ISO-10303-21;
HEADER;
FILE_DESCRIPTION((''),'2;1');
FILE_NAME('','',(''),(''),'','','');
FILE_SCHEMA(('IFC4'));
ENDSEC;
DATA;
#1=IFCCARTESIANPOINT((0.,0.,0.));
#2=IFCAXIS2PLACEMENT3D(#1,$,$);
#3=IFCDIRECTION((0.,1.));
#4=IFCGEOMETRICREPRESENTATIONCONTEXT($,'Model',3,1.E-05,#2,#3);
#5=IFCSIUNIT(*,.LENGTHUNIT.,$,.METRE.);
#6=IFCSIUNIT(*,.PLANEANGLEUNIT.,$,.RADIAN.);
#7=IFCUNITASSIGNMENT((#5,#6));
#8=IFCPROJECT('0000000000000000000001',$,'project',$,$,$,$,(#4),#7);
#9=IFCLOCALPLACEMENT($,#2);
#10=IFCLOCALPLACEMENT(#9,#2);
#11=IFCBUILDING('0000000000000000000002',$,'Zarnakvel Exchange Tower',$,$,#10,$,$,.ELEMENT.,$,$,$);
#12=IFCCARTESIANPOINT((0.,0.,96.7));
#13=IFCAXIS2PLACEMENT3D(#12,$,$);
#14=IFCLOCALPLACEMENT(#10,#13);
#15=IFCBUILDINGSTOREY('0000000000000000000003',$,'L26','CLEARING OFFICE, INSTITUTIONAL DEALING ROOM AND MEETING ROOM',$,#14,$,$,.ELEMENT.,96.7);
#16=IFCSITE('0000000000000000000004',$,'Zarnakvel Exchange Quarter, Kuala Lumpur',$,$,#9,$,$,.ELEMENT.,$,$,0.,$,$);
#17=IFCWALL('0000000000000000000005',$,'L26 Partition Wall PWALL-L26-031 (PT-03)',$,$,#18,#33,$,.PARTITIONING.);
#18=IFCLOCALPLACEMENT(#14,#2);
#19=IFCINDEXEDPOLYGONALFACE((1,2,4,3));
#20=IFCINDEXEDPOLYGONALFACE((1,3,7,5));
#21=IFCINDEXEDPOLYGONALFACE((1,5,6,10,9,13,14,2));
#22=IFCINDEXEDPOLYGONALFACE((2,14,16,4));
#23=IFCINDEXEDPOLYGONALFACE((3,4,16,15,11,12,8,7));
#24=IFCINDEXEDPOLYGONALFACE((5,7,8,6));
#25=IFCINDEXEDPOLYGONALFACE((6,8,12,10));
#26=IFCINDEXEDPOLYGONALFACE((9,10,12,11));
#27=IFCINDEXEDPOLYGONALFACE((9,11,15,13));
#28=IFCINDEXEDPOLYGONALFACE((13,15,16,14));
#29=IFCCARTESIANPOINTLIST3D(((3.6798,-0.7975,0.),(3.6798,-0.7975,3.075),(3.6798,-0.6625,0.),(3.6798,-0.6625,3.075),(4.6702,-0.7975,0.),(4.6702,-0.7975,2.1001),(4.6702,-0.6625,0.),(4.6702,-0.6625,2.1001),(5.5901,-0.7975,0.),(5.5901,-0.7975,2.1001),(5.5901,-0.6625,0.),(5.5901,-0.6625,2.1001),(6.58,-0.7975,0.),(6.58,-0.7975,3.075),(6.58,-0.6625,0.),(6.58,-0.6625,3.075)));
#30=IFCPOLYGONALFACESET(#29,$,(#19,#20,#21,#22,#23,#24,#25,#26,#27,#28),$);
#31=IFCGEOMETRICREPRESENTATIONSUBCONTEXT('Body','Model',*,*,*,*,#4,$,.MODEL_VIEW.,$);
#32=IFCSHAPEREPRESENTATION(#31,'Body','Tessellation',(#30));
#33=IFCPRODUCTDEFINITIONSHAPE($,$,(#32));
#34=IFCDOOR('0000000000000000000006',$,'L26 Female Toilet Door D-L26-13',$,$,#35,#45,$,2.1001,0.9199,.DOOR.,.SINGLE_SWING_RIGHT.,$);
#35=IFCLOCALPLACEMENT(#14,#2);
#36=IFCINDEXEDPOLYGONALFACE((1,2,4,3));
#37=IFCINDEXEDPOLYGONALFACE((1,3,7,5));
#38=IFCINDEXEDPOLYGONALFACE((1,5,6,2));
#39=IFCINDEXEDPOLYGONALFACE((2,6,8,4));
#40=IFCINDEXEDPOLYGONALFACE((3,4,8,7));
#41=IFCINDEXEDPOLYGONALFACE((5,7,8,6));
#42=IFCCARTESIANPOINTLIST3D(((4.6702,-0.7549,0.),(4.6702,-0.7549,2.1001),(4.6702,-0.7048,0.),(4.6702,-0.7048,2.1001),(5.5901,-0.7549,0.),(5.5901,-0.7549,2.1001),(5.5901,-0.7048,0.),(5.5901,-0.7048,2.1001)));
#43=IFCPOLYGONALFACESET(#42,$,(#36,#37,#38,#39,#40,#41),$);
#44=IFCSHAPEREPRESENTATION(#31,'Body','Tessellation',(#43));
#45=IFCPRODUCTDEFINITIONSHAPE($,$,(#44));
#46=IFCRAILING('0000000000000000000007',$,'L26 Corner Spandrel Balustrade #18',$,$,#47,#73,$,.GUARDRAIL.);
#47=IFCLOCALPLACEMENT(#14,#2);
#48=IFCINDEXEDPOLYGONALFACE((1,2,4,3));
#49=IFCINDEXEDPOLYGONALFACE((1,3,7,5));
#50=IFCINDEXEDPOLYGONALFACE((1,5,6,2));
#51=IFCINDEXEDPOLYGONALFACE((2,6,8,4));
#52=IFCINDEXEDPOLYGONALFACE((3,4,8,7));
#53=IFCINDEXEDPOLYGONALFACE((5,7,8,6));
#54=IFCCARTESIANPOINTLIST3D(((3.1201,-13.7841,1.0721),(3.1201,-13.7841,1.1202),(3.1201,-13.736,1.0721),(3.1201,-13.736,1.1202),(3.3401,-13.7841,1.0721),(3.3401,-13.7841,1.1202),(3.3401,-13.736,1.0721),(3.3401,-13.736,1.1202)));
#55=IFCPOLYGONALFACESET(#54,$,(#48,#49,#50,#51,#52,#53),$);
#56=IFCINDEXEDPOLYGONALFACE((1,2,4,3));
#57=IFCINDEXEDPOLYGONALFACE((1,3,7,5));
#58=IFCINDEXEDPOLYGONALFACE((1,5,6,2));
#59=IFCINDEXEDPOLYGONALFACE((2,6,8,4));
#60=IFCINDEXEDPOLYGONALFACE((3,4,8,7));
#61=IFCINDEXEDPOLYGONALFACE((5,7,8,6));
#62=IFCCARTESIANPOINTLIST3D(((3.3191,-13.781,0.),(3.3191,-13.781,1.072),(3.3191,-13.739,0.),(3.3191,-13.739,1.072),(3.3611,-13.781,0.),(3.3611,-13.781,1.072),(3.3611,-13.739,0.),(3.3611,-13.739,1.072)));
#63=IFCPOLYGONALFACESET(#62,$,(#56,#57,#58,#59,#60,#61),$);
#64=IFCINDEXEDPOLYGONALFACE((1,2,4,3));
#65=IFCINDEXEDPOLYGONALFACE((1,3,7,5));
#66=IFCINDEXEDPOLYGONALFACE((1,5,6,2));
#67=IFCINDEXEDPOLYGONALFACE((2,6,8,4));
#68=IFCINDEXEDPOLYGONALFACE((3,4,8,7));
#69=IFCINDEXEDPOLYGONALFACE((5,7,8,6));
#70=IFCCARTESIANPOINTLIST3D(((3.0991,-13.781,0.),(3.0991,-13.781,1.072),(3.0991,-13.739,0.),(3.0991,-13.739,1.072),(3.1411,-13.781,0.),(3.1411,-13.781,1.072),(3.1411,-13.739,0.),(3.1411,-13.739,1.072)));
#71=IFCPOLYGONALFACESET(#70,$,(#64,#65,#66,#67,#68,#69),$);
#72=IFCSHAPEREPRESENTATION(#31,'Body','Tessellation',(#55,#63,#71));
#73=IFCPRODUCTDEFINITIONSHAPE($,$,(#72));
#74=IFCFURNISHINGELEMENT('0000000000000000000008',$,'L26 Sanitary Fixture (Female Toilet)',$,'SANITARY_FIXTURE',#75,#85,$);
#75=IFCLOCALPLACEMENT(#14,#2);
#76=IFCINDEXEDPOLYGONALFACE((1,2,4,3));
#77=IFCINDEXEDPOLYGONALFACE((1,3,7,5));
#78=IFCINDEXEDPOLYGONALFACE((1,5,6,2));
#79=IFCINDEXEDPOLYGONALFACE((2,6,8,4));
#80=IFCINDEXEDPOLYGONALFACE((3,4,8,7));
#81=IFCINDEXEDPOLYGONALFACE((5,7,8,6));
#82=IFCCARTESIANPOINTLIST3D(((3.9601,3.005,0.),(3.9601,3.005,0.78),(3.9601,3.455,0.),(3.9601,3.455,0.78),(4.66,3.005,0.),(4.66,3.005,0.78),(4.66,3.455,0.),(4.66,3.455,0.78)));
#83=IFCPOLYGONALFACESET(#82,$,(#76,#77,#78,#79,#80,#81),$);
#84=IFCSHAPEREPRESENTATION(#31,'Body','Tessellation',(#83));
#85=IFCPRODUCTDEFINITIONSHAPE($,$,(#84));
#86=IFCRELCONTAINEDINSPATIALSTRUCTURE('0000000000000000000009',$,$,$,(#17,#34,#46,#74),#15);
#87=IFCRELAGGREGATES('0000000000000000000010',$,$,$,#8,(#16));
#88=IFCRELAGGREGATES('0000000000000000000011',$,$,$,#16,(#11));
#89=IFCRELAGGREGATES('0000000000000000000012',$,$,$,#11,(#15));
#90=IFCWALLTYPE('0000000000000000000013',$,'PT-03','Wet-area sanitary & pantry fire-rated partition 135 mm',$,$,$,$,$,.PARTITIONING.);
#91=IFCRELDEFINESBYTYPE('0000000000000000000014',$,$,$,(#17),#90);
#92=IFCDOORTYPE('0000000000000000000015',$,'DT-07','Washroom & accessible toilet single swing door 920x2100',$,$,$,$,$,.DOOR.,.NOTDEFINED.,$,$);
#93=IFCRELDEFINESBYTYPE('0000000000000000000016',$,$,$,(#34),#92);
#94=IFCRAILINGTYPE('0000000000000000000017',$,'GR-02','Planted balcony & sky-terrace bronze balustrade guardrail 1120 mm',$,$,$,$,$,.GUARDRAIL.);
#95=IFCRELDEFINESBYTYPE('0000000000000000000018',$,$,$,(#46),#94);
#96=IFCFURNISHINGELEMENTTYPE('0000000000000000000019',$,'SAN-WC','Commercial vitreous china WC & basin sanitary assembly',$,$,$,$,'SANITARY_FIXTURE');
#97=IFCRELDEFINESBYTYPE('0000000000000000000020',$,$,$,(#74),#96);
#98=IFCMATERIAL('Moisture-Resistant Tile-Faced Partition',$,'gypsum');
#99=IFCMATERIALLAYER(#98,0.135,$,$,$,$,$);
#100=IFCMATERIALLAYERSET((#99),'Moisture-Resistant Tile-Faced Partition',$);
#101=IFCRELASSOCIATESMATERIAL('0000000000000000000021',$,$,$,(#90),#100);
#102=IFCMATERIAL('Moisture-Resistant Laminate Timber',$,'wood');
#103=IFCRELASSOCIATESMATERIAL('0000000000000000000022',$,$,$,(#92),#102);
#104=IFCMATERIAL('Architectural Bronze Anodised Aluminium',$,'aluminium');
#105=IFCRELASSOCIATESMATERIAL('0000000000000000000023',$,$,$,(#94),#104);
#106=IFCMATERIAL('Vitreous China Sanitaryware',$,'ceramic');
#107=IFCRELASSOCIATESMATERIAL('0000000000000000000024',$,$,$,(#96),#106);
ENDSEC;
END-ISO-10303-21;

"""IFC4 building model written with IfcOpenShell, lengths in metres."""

from ifc_helpers import new_model, si_unit, direction, frame, frame_2d, origin, origin_2d, place, context, subcontext, project, spatial, rectangle, extrude, source, transform, mapped, material, layer, layer_set, type_object, element, fill, save


model = new_model("IFC4")

# Units and contexts
model_context = context("Model", 3, precision=1e-05, world=origin(), true_north=direction((0.0, 1.0)))
body_context = subcontext(model_context, "Body", "Model", "MODEL_VIEW")
ifc_project = project(units=[si_unit("LENGTHUNIT", "METRE"), si_unit("PLANEANGLEUNIT", "RADIAN")], contexts=[model_context])

# Site, building, storey
site_placement = place(None, origin())
site = spatial("IfcSite", under=ifc_project, at=site_placement, Name="Zarnakvel Exchange Quarter, Kuala Lumpur", CompositionType="ELEMENT", RefElevation=0.0)
building_placement = place(site_placement, origin())
building = spatial("IfcBuilding", under=site, at=building_placement, Name="Zarnakvel Exchange Tower", CompositionType="ELEMENT")
storey_placement = place(building_placement, frame((0.0, 0.0, 96.7)))
storey = spatial("IfcBuildingStorey", under=building, at=storey_placement, Name="L26", Description="CLEARING OFFICE, INSTITUTIONAL DEALING ROOM AND MEETING ROOM", CompositionType="ELEMENT", Elevation=96.7)

# Shared definitions
ifc_material_1 = material(Name="Architectural Bronze Anodised Aluminium", Category="aluminium")

# Wall, opening, door
ifc_material_2 = material(Name="Moisture-Resistant Tile-Faced Partition", Category="gypsum")
ifc_layer_1 = layer(ifc_material_2, 0.135)
ifc_layer_set_1 = layer_set([ifc_layer_1], Name="Moisture-Resistant Tile-Faced Partition")
wall_type_1 = type_object("IfcWallType", Name="PT-03", Description="Wet-area sanitary & pantry fire-rated partition 135 mm", PredefinedType="PARTITIONING", material=ifc_layer_set_1)
wall_1_placement = place(storey_placement, frame((6.5801, -0.73, 0.0), z_axis=(0.0, 0.0, 1.0), x_axis=(-1.0, 0.0, 0.0)))
wall_1 = element("IfcWall", 1, at=wall_1_placement, inside=storey, type_object=wall_type_1, Name="L26 Partition Wall PWALL-L26-031 (PT-03)", PredefinedType="PARTITIONING", context=body_context, shape_type="SweptSolid", body=[
    extrude(rectangle(XDim=2.9001, YDim=0.135, at=frame_2d((1.4502, 0.0))), origin(), (0.0, 0.0, 1.0), 3.075),
])
opening_1_placement = place(wall_1_placement, frame((0.99, 0.0, 0.0)))
opening_1 = element("IfcOpeningElement", 2, at=opening_1_placement, cuts=wall_1, PredefinedType="OPENING", context=body_context, shape_type="SweptSolid", body=[
    extrude(rectangle(XDim=0.9199, YDim=2.1001, at=frame_2d((0.46, 1.05))), frame((0.0, 0.0774, 0.0), z_axis=(0.0, -1.0, 0.0), x_axis=(1.0, 0.0, 0.0)), (0.0, 0.0, 1.0), 0.155),
])
ifc_material_3 = material(Name="Moisture-Resistant Laminate Timber", Category="wood")
door_type_1 = type_object("IfcDoorType", Name="DT-07", Description="Washroom & accessible toilet single swing door 920x2100", OperationType="NOTDEFINED", PredefinedType="DOOR", material=ifc_material_3)
shared_shape_1 = source(origin(), body_context, "Body", "SweptSolid", [
    extrude(rectangle(XDim=0.9199, YDim=2.1001, at=frame_2d((0.46, 1.05))), frame((0.0, 0.0249, 0.0), z_axis=(0.0, -1.0, 0.0), x_axis=(1.0, 0.0, 0.0)), (0.0, 0.0, 1.0), 0.05),
])
door_1_placement = place(opening_1_placement, origin())
door_1 = element("IfcDoor", 3, at=door_1_placement, inside=storey, type_object=door_type_1, Name="L26 Female Toilet Door D-L26-13", OperationType="SINGLE_SWING_RIGHT", OverallHeight=2.1001, OverallWidth=0.9199, PredefinedType="DOOR", context=body_context, shape_type="MappedRepresentation", body=[
    mapped(shared_shape_1, transform((0.0, 0.0, 0.0), x_axis=(1.0, 0.0, 0.0), y_axis=(0.0, 1.0, 0.0), z_axis=(0.0, 0.0, 1.0), scale=1.0)),
])
fill(opening_1, door_1)

# Railing
railing_type = type_object("IfcRailingType", Name="GR-02", Description="Planted balcony & sky-terrace bronze balustrade guardrail 1120 mm", PredefinedType="GUARDRAIL", material=ifc_material_1)
railing_placement = place(storey_placement, frame((3.3401, -13.76, 0.0)))
element("IfcRailing", 4, at=railing_placement, inside=storey, type_object=railing_type, Name="L26 Corner Spandrel Balustrade #18", PredefinedType="GUARDRAIL", context=body_context, shape_type="SweptSolid", body=[
    extrude(rectangle(XDim=0.0481, YDim=0.0481, at=origin_2d()), frame((0.0, 0.0, 1.0962), z_axis=(-1.0, 0.0, 0.0), x_axis=(0.0, -1.0, 0.0)), (0.0, 0.0, 1.0), 0.22),
    extrude(rectangle(XDim=0.042, YDim=0.042, at=origin_2d()), origin(), (0.0, 0.0, 1.0), 1.072),
    extrude(rectangle(XDim=0.042, YDim=0.042, at=origin_2d()), frame((-0.22, 0.0, 0.0)), (0.0, 0.0, 1.0), 1.072),
])

# Furnishing element
ifc_material_4 = material(Name="Vitreous China Sanitaryware", Category="ceramic")
furnishing_element_type = type_object("IfcFurnishingElementType", Name="SAN-WC", Description="Commercial vitreous china WC & basin sanitary assembly", ElementType="SANITARY_FIXTURE", material=ifc_material_4)
shared_shape_2 = source(origin(), body_context, "Body", "SweptSolid", [
    extrude(rectangle(XDim=0.7, YDim=0.45, at=origin_2d()), origin(), (0.0, 0.0, 1.0), 0.78),
])
furnishing_placement = place(storey_placement, frame((4.3101, 3.23, 0.0), z_axis=(0.0, 0.0, 1.0), x_axis=(1.0, 0.0, 0.0)))
element("IfcFurnishingElement", 5, at=furnishing_placement, inside=storey, type_object=furnishing_element_type, Name="L26 Sanitary Fixture (Female Toilet)", ObjectType="SANITARY_FIXTURE", context=body_context, shape_type="MappedRepresentation", body=[
    mapped(shared_shape_2, transform((0.0, 0.0, 0.0), x_axis=(1.0, 0.0, 0.0), y_axis=(0.0, 1.0, 0.0), z_axis=(0.0, 0.0, 1.0), scale=1.0)),
])

save(model, "model.ifc")
